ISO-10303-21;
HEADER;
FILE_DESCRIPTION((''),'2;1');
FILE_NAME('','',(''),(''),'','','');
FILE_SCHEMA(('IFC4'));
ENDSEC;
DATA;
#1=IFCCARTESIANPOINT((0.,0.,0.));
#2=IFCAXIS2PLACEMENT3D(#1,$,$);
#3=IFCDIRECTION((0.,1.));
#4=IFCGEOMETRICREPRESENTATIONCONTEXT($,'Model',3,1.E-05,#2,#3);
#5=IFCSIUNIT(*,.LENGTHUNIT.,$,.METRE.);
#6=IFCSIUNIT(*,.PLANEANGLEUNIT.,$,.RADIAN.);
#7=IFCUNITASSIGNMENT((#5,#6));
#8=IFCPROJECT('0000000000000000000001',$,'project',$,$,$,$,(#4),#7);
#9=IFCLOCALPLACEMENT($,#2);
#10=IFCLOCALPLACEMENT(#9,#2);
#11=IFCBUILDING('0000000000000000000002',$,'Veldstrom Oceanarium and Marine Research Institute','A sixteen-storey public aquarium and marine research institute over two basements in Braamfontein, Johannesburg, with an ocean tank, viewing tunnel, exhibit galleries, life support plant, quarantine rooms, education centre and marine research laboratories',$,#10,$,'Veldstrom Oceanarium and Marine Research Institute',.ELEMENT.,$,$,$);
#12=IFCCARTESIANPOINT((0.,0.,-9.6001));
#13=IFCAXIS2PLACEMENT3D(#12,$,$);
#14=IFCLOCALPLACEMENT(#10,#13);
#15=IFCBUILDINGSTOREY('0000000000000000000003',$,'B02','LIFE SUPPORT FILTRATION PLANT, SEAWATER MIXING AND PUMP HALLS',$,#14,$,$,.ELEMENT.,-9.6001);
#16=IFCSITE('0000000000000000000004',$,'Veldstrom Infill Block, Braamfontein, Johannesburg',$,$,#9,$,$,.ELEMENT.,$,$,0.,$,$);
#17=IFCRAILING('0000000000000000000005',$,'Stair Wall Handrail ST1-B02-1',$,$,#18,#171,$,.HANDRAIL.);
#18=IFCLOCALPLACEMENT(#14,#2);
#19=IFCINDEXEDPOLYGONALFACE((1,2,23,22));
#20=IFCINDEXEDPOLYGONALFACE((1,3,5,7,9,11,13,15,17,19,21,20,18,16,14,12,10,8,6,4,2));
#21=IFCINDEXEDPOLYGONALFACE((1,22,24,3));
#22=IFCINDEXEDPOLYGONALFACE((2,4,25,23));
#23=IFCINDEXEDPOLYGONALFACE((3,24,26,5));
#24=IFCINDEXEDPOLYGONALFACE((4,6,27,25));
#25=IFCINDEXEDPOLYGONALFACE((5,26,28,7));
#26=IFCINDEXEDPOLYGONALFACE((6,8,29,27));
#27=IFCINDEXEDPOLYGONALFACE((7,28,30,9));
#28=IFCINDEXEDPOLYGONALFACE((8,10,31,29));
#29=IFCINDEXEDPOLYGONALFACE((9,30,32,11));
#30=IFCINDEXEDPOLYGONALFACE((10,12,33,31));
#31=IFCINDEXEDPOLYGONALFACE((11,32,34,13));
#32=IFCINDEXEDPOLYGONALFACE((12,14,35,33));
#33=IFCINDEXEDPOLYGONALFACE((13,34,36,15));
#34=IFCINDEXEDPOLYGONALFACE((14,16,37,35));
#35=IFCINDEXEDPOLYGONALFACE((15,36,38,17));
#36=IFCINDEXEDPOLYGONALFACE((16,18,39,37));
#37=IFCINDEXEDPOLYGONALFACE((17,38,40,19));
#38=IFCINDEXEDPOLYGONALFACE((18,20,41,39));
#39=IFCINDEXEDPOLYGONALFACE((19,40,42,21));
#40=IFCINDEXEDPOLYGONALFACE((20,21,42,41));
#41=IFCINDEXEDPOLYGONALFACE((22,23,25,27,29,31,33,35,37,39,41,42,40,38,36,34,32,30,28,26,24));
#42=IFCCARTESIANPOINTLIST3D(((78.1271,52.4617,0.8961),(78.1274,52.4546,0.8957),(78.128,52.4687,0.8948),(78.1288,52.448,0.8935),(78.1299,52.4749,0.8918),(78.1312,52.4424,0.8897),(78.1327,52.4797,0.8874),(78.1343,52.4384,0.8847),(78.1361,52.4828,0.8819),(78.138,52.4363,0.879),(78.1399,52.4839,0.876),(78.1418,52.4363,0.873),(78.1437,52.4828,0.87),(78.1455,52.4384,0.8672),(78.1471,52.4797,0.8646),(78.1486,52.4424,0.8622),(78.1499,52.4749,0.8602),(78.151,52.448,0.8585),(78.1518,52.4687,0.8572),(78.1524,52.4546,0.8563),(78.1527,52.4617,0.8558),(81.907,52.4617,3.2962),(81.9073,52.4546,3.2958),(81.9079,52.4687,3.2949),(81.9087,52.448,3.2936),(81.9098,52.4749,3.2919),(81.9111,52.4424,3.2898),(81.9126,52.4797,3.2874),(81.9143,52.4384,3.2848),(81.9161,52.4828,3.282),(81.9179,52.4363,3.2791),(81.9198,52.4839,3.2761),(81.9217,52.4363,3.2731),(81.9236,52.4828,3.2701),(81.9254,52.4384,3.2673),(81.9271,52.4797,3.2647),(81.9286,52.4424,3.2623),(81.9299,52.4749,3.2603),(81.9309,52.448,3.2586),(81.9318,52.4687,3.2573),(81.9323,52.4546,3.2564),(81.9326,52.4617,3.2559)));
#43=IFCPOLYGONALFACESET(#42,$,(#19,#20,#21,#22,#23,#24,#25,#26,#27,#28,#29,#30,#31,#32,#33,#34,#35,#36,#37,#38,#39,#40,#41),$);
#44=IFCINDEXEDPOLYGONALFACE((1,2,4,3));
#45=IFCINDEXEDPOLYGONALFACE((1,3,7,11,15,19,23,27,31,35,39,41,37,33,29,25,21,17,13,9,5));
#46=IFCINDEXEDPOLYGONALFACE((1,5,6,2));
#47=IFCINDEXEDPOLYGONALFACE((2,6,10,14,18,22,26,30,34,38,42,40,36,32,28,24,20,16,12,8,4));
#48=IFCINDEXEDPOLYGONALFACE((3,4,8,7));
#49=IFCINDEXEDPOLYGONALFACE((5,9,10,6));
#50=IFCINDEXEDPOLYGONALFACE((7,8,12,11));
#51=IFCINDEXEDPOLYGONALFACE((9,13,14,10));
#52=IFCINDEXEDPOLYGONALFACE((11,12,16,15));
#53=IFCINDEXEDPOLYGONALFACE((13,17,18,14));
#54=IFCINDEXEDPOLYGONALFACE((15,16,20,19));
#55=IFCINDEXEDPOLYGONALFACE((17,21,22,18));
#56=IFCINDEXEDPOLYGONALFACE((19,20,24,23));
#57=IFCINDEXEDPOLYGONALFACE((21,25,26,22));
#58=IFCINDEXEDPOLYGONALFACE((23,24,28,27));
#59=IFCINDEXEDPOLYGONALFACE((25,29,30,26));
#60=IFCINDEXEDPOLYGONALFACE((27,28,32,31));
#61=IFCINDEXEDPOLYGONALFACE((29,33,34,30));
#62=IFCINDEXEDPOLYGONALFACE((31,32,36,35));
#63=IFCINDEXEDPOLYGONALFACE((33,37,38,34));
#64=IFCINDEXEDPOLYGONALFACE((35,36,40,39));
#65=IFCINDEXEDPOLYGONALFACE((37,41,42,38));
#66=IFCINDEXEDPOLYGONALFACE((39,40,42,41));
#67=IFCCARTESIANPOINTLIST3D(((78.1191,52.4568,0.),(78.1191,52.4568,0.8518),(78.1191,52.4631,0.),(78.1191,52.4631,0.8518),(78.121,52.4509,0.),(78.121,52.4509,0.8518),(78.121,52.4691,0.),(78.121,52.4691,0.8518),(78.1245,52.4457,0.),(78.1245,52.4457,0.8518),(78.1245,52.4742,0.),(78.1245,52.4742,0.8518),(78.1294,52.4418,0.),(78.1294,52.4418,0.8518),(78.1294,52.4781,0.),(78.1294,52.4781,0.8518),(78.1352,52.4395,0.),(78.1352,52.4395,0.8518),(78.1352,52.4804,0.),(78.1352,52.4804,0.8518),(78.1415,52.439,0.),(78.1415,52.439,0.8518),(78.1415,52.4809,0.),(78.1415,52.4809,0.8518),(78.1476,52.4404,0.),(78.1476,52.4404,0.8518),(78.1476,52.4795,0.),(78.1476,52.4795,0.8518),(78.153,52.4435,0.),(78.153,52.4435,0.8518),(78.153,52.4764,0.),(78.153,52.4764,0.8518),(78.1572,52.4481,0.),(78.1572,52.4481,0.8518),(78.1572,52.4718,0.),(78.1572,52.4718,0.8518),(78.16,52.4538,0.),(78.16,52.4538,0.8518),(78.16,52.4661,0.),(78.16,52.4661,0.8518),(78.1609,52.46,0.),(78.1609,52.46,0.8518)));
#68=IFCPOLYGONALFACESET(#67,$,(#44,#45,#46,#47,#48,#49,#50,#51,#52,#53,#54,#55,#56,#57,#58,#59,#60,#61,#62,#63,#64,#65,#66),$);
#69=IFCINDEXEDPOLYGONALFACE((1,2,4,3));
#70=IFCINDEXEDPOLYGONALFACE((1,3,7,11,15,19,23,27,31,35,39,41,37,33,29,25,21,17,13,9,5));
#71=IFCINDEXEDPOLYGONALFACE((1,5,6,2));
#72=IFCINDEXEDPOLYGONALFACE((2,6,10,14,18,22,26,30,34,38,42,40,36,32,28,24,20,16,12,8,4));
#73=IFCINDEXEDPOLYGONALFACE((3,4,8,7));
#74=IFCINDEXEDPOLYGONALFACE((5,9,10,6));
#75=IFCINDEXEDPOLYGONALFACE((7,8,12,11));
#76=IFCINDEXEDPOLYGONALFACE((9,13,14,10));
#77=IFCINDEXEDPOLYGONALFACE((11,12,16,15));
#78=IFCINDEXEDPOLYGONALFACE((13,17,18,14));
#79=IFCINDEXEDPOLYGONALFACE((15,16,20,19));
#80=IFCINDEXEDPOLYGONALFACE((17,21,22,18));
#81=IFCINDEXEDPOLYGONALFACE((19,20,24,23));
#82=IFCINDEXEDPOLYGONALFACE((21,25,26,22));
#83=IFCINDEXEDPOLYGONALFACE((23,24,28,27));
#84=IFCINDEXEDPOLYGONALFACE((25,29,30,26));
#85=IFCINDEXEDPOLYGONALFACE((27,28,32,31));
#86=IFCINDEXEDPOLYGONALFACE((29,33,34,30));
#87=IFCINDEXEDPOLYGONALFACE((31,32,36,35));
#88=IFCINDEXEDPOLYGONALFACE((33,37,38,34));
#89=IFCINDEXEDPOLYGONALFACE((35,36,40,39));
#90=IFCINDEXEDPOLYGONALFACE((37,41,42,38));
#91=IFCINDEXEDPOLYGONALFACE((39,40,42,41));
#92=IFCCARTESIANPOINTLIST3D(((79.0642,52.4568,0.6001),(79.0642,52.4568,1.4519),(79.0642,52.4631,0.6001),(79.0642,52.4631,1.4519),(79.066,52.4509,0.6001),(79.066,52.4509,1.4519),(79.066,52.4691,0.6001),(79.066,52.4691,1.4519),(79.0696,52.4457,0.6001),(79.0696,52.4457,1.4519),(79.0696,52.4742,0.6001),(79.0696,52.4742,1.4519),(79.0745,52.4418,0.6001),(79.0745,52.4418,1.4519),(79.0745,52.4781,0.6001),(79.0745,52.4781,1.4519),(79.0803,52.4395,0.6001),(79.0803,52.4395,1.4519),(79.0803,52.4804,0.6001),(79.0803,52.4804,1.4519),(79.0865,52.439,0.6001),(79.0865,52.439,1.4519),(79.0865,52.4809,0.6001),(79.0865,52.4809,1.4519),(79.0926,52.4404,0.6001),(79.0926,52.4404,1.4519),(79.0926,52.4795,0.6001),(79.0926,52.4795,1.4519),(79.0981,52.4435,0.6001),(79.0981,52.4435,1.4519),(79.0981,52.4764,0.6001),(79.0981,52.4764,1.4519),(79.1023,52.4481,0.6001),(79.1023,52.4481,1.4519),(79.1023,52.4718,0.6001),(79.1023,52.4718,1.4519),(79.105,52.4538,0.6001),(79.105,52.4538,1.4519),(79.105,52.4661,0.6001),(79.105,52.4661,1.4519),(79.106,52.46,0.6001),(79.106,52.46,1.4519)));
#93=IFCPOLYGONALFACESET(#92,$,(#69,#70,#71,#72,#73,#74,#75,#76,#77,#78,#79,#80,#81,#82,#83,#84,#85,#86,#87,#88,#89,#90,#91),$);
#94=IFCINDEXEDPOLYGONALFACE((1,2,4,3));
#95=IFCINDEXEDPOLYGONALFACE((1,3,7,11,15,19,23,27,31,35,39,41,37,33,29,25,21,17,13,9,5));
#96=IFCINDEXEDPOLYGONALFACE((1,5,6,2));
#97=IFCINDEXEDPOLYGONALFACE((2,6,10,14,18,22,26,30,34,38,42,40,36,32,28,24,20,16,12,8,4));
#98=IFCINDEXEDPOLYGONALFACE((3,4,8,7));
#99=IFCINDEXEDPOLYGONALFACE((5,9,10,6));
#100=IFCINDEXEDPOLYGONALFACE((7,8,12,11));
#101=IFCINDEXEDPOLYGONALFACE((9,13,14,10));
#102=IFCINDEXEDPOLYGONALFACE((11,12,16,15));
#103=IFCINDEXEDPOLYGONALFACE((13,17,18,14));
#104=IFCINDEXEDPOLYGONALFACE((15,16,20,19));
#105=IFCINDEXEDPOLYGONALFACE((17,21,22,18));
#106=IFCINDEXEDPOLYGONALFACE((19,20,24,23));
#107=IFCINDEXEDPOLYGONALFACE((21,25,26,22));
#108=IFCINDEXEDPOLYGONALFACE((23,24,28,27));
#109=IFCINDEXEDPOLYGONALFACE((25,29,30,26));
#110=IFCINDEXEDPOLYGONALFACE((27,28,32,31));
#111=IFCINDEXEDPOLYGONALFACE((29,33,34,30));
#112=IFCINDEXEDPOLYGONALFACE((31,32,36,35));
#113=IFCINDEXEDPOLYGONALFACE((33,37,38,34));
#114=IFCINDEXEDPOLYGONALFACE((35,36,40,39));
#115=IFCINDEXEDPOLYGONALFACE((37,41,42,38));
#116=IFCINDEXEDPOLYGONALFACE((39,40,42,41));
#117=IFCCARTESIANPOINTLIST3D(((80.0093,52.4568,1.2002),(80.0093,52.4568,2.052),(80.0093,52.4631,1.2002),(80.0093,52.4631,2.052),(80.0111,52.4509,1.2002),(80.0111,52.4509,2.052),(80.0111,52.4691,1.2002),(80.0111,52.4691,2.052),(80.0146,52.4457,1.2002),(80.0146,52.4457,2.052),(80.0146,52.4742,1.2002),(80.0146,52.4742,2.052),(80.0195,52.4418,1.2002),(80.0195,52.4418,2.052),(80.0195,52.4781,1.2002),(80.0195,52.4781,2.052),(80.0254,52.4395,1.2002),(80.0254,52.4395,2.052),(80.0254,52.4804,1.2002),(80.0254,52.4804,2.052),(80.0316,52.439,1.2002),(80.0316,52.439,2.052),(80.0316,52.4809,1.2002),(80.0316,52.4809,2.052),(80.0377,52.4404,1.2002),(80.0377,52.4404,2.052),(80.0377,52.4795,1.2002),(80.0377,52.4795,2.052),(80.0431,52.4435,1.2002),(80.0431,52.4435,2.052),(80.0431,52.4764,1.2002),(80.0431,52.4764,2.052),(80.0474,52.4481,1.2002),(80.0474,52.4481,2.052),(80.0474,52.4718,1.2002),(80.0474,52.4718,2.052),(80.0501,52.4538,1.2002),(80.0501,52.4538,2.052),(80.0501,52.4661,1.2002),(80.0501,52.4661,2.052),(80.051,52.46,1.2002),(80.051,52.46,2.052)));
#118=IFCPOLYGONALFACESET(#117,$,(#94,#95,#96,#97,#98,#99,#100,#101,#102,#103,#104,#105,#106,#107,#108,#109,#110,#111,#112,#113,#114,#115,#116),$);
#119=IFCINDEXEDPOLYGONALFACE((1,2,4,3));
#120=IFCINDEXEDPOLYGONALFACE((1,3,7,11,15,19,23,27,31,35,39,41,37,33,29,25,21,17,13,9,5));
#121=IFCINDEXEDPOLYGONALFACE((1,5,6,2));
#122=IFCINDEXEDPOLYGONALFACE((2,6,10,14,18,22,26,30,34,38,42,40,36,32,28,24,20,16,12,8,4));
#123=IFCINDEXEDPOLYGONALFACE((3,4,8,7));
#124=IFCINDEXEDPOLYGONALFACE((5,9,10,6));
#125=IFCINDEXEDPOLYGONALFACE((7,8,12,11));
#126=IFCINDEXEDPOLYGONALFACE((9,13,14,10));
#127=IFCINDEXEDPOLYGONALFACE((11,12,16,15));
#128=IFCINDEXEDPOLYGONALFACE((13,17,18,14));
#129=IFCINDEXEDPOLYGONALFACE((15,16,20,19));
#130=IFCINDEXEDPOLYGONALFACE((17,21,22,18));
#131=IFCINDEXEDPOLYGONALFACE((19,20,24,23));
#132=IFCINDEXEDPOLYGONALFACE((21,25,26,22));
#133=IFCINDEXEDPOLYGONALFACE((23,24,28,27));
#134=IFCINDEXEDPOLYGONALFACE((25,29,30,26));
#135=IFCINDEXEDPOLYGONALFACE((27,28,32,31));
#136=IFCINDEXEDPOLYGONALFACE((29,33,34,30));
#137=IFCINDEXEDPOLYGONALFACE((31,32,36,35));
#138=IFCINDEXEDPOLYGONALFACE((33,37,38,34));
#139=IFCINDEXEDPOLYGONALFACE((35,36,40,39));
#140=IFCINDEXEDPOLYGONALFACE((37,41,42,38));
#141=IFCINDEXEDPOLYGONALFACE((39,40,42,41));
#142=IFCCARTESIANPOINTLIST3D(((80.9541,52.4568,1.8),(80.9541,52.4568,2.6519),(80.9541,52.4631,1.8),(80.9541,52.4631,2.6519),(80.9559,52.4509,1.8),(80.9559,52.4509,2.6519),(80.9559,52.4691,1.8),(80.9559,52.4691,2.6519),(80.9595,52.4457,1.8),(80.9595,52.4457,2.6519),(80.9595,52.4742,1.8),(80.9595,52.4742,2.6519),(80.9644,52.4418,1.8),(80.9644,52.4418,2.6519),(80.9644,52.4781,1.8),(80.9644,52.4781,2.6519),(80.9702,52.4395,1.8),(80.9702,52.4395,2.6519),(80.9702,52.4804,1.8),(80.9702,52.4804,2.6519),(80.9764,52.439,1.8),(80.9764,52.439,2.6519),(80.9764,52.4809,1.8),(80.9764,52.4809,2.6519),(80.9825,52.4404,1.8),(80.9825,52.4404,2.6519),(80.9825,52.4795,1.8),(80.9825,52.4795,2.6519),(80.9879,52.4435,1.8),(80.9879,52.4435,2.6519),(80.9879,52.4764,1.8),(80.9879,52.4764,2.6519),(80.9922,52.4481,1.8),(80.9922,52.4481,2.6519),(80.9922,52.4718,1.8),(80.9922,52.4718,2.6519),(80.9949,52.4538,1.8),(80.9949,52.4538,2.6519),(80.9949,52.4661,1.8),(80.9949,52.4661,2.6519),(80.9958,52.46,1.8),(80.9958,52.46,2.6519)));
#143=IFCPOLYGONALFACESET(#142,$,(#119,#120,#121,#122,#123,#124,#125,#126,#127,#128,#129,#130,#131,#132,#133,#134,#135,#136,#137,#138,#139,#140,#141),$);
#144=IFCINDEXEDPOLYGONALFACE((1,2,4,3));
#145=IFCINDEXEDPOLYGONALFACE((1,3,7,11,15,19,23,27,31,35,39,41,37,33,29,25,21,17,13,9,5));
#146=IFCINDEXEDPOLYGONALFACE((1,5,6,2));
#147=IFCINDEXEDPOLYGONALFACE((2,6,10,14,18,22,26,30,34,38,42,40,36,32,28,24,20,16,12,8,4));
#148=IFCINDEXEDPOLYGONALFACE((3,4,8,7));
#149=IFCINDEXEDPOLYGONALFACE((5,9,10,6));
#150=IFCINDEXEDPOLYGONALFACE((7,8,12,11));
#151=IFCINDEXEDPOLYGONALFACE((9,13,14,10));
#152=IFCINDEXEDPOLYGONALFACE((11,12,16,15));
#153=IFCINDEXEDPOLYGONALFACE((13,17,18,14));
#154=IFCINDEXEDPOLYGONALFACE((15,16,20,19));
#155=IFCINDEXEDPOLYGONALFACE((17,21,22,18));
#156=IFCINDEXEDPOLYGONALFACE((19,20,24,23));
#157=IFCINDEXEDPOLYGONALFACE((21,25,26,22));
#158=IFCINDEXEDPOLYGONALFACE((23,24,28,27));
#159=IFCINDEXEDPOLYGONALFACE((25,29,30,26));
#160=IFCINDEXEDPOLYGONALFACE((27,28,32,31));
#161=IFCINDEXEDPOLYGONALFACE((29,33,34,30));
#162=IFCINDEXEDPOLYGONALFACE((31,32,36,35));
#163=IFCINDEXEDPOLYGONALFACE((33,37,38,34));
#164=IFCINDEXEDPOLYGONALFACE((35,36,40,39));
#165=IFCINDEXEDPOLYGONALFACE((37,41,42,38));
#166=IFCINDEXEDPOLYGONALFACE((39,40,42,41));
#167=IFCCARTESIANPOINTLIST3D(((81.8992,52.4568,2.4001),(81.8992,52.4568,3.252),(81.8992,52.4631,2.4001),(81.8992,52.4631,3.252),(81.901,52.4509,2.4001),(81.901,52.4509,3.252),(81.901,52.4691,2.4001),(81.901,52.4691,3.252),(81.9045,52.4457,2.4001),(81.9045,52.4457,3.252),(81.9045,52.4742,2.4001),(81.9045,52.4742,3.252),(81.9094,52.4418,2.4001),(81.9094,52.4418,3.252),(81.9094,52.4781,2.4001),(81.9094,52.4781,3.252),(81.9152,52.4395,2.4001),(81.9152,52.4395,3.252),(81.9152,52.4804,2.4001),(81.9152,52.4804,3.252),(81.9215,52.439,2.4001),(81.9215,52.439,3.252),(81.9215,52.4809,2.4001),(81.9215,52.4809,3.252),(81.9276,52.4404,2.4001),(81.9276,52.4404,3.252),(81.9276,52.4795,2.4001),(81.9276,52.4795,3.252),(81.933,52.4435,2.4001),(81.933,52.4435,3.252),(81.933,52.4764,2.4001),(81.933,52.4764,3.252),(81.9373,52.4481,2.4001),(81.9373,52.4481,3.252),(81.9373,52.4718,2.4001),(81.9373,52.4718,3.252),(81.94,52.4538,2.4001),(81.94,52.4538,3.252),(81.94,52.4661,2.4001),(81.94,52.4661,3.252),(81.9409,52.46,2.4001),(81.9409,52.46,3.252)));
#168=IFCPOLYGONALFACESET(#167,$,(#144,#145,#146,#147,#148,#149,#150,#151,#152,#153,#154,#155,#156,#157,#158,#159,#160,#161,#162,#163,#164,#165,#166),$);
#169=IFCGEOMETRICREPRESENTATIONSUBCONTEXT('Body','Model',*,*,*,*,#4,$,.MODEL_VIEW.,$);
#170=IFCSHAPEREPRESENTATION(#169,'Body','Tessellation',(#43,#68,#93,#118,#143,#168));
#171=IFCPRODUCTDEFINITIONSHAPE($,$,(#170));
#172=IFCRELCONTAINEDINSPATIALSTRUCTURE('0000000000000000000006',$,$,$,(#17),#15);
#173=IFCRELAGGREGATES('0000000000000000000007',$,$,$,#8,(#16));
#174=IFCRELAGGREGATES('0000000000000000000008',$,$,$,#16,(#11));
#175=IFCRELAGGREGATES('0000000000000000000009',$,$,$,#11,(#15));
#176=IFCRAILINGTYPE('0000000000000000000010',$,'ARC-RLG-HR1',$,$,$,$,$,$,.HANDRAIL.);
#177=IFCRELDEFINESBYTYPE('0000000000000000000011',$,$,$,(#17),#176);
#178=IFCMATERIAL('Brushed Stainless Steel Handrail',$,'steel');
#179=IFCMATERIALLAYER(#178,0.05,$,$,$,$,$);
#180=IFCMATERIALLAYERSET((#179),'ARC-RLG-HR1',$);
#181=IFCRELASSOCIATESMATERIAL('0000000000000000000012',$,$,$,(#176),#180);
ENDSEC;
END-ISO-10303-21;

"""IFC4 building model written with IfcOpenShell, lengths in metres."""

from ifc_helpers import new_model, si_unit, direction, frame, origin, origin_2d, place, context, subcontext, project, spatial, circle, extrude, material, layer, layer_set, type_object, element, save


model = new_model("IFC4")

# Units and contexts
model_context = context("Model", 3, precision=1e-05, world=origin(), true_north=direction((0.0, 1.0)))
body_context = subcontext(model_context, "Body", "Model", "MODEL_VIEW")
ifc_project = project(units=[si_unit("LENGTHUNIT", "METRE"), si_unit("PLANEANGLEUNIT", "RADIAN")], contexts=[model_context])

# Site, building, storey
site_placement = place(None, origin())
site = spatial("IfcSite", under=ifc_project, at=site_placement, Name="Veldstrom Infill Block, Braamfontein, Johannesburg", CompositionType="ELEMENT", RefElevation=0.0)
building_placement = place(site_placement, origin())
building = spatial("IfcBuilding", under=site, at=building_placement, Name="Veldstrom Oceanarium and Marine Research Institute", Description="A sixteen-storey public aquarium and marine research institute over two basements in Braamfontein, Johannesburg, with an ocean tank, viewing tunnel, exhibit galleries, life support plant, quarantine rooms, education centre and marine research laboratories", LongName="Veldstrom Oceanarium and Marine Research Institute", CompositionType="ELEMENT")
storey_placement = place(building_placement, frame((0.0, 0.0, -9.6001)))
storey = spatial("IfcBuildingStorey", under=building, at=storey_placement, Name="B02", Description="LIFE SUPPORT FILTRATION PLANT, SEAWATER MIXING AND PUMP HALLS", CompositionType="ELEMENT", Elevation=-9.6001)

# Railing
ifc_material_1 = material(Name="Brushed Stainless Steel Handrail", Category="steel")
ifc_layer_1 = layer(ifc_material_1, 0.05)
ifc_layer_set_1 = layer_set([ifc_layer_1], Name="ARC-RLG-HR1")
railing_type_1 = type_object("IfcRailingType", Name="ARC-RLG-HR1", PredefinedType="HANDRAIL", material=ifc_layer_set_1)
railing_1_placement = place(storey_placement, frame((78.1399, 52.46, 0.0)))
element("IfcRailing", 1, at=railing_1_placement, inside=storey, type_object=railing_type_1, Name="Stair Wall Handrail ST1-B02-1", PredefinedType="HANDRAIL", context=body_context, shape_type="SweptSolid", body=[
    extrude(circle(Radius=0.0239, at=origin_2d()), frame((0.0, 0.0, 0.876), z_axis=(0.8442, 0.0, 0.536028), x_axis=(0.0, 1.0, 0.0)), (0.0, 0.0, 1.0), 4.4775),
    extrude(circle(Radius=0.021, at=origin_2d()), origin(), (0.0, 0.0, 1.0), 0.8518),
    extrude(circle(Radius=0.021, at=origin_2d()), frame((0.9451, 0.0, 0.6001)), (0.0, 0.0, 1.0), 0.8518),
    extrude(circle(Radius=0.021, at=origin_2d()), frame((1.8901, 0.0, 1.2002)), (0.0, 0.0, 1.0), 0.8518),
    extrude(circle(Radius=0.021, at=origin_2d()), frame((2.835, 0.0, 1.8)), (0.0, 0.0, 1.0), 0.8518),
    extrude(circle(Radius=0.021, at=origin_2d()), frame((3.78, 0.0, 2.4001)), (0.0, 0.0, 1.0), 0.8518),
])

save(model, "model.ifc")
